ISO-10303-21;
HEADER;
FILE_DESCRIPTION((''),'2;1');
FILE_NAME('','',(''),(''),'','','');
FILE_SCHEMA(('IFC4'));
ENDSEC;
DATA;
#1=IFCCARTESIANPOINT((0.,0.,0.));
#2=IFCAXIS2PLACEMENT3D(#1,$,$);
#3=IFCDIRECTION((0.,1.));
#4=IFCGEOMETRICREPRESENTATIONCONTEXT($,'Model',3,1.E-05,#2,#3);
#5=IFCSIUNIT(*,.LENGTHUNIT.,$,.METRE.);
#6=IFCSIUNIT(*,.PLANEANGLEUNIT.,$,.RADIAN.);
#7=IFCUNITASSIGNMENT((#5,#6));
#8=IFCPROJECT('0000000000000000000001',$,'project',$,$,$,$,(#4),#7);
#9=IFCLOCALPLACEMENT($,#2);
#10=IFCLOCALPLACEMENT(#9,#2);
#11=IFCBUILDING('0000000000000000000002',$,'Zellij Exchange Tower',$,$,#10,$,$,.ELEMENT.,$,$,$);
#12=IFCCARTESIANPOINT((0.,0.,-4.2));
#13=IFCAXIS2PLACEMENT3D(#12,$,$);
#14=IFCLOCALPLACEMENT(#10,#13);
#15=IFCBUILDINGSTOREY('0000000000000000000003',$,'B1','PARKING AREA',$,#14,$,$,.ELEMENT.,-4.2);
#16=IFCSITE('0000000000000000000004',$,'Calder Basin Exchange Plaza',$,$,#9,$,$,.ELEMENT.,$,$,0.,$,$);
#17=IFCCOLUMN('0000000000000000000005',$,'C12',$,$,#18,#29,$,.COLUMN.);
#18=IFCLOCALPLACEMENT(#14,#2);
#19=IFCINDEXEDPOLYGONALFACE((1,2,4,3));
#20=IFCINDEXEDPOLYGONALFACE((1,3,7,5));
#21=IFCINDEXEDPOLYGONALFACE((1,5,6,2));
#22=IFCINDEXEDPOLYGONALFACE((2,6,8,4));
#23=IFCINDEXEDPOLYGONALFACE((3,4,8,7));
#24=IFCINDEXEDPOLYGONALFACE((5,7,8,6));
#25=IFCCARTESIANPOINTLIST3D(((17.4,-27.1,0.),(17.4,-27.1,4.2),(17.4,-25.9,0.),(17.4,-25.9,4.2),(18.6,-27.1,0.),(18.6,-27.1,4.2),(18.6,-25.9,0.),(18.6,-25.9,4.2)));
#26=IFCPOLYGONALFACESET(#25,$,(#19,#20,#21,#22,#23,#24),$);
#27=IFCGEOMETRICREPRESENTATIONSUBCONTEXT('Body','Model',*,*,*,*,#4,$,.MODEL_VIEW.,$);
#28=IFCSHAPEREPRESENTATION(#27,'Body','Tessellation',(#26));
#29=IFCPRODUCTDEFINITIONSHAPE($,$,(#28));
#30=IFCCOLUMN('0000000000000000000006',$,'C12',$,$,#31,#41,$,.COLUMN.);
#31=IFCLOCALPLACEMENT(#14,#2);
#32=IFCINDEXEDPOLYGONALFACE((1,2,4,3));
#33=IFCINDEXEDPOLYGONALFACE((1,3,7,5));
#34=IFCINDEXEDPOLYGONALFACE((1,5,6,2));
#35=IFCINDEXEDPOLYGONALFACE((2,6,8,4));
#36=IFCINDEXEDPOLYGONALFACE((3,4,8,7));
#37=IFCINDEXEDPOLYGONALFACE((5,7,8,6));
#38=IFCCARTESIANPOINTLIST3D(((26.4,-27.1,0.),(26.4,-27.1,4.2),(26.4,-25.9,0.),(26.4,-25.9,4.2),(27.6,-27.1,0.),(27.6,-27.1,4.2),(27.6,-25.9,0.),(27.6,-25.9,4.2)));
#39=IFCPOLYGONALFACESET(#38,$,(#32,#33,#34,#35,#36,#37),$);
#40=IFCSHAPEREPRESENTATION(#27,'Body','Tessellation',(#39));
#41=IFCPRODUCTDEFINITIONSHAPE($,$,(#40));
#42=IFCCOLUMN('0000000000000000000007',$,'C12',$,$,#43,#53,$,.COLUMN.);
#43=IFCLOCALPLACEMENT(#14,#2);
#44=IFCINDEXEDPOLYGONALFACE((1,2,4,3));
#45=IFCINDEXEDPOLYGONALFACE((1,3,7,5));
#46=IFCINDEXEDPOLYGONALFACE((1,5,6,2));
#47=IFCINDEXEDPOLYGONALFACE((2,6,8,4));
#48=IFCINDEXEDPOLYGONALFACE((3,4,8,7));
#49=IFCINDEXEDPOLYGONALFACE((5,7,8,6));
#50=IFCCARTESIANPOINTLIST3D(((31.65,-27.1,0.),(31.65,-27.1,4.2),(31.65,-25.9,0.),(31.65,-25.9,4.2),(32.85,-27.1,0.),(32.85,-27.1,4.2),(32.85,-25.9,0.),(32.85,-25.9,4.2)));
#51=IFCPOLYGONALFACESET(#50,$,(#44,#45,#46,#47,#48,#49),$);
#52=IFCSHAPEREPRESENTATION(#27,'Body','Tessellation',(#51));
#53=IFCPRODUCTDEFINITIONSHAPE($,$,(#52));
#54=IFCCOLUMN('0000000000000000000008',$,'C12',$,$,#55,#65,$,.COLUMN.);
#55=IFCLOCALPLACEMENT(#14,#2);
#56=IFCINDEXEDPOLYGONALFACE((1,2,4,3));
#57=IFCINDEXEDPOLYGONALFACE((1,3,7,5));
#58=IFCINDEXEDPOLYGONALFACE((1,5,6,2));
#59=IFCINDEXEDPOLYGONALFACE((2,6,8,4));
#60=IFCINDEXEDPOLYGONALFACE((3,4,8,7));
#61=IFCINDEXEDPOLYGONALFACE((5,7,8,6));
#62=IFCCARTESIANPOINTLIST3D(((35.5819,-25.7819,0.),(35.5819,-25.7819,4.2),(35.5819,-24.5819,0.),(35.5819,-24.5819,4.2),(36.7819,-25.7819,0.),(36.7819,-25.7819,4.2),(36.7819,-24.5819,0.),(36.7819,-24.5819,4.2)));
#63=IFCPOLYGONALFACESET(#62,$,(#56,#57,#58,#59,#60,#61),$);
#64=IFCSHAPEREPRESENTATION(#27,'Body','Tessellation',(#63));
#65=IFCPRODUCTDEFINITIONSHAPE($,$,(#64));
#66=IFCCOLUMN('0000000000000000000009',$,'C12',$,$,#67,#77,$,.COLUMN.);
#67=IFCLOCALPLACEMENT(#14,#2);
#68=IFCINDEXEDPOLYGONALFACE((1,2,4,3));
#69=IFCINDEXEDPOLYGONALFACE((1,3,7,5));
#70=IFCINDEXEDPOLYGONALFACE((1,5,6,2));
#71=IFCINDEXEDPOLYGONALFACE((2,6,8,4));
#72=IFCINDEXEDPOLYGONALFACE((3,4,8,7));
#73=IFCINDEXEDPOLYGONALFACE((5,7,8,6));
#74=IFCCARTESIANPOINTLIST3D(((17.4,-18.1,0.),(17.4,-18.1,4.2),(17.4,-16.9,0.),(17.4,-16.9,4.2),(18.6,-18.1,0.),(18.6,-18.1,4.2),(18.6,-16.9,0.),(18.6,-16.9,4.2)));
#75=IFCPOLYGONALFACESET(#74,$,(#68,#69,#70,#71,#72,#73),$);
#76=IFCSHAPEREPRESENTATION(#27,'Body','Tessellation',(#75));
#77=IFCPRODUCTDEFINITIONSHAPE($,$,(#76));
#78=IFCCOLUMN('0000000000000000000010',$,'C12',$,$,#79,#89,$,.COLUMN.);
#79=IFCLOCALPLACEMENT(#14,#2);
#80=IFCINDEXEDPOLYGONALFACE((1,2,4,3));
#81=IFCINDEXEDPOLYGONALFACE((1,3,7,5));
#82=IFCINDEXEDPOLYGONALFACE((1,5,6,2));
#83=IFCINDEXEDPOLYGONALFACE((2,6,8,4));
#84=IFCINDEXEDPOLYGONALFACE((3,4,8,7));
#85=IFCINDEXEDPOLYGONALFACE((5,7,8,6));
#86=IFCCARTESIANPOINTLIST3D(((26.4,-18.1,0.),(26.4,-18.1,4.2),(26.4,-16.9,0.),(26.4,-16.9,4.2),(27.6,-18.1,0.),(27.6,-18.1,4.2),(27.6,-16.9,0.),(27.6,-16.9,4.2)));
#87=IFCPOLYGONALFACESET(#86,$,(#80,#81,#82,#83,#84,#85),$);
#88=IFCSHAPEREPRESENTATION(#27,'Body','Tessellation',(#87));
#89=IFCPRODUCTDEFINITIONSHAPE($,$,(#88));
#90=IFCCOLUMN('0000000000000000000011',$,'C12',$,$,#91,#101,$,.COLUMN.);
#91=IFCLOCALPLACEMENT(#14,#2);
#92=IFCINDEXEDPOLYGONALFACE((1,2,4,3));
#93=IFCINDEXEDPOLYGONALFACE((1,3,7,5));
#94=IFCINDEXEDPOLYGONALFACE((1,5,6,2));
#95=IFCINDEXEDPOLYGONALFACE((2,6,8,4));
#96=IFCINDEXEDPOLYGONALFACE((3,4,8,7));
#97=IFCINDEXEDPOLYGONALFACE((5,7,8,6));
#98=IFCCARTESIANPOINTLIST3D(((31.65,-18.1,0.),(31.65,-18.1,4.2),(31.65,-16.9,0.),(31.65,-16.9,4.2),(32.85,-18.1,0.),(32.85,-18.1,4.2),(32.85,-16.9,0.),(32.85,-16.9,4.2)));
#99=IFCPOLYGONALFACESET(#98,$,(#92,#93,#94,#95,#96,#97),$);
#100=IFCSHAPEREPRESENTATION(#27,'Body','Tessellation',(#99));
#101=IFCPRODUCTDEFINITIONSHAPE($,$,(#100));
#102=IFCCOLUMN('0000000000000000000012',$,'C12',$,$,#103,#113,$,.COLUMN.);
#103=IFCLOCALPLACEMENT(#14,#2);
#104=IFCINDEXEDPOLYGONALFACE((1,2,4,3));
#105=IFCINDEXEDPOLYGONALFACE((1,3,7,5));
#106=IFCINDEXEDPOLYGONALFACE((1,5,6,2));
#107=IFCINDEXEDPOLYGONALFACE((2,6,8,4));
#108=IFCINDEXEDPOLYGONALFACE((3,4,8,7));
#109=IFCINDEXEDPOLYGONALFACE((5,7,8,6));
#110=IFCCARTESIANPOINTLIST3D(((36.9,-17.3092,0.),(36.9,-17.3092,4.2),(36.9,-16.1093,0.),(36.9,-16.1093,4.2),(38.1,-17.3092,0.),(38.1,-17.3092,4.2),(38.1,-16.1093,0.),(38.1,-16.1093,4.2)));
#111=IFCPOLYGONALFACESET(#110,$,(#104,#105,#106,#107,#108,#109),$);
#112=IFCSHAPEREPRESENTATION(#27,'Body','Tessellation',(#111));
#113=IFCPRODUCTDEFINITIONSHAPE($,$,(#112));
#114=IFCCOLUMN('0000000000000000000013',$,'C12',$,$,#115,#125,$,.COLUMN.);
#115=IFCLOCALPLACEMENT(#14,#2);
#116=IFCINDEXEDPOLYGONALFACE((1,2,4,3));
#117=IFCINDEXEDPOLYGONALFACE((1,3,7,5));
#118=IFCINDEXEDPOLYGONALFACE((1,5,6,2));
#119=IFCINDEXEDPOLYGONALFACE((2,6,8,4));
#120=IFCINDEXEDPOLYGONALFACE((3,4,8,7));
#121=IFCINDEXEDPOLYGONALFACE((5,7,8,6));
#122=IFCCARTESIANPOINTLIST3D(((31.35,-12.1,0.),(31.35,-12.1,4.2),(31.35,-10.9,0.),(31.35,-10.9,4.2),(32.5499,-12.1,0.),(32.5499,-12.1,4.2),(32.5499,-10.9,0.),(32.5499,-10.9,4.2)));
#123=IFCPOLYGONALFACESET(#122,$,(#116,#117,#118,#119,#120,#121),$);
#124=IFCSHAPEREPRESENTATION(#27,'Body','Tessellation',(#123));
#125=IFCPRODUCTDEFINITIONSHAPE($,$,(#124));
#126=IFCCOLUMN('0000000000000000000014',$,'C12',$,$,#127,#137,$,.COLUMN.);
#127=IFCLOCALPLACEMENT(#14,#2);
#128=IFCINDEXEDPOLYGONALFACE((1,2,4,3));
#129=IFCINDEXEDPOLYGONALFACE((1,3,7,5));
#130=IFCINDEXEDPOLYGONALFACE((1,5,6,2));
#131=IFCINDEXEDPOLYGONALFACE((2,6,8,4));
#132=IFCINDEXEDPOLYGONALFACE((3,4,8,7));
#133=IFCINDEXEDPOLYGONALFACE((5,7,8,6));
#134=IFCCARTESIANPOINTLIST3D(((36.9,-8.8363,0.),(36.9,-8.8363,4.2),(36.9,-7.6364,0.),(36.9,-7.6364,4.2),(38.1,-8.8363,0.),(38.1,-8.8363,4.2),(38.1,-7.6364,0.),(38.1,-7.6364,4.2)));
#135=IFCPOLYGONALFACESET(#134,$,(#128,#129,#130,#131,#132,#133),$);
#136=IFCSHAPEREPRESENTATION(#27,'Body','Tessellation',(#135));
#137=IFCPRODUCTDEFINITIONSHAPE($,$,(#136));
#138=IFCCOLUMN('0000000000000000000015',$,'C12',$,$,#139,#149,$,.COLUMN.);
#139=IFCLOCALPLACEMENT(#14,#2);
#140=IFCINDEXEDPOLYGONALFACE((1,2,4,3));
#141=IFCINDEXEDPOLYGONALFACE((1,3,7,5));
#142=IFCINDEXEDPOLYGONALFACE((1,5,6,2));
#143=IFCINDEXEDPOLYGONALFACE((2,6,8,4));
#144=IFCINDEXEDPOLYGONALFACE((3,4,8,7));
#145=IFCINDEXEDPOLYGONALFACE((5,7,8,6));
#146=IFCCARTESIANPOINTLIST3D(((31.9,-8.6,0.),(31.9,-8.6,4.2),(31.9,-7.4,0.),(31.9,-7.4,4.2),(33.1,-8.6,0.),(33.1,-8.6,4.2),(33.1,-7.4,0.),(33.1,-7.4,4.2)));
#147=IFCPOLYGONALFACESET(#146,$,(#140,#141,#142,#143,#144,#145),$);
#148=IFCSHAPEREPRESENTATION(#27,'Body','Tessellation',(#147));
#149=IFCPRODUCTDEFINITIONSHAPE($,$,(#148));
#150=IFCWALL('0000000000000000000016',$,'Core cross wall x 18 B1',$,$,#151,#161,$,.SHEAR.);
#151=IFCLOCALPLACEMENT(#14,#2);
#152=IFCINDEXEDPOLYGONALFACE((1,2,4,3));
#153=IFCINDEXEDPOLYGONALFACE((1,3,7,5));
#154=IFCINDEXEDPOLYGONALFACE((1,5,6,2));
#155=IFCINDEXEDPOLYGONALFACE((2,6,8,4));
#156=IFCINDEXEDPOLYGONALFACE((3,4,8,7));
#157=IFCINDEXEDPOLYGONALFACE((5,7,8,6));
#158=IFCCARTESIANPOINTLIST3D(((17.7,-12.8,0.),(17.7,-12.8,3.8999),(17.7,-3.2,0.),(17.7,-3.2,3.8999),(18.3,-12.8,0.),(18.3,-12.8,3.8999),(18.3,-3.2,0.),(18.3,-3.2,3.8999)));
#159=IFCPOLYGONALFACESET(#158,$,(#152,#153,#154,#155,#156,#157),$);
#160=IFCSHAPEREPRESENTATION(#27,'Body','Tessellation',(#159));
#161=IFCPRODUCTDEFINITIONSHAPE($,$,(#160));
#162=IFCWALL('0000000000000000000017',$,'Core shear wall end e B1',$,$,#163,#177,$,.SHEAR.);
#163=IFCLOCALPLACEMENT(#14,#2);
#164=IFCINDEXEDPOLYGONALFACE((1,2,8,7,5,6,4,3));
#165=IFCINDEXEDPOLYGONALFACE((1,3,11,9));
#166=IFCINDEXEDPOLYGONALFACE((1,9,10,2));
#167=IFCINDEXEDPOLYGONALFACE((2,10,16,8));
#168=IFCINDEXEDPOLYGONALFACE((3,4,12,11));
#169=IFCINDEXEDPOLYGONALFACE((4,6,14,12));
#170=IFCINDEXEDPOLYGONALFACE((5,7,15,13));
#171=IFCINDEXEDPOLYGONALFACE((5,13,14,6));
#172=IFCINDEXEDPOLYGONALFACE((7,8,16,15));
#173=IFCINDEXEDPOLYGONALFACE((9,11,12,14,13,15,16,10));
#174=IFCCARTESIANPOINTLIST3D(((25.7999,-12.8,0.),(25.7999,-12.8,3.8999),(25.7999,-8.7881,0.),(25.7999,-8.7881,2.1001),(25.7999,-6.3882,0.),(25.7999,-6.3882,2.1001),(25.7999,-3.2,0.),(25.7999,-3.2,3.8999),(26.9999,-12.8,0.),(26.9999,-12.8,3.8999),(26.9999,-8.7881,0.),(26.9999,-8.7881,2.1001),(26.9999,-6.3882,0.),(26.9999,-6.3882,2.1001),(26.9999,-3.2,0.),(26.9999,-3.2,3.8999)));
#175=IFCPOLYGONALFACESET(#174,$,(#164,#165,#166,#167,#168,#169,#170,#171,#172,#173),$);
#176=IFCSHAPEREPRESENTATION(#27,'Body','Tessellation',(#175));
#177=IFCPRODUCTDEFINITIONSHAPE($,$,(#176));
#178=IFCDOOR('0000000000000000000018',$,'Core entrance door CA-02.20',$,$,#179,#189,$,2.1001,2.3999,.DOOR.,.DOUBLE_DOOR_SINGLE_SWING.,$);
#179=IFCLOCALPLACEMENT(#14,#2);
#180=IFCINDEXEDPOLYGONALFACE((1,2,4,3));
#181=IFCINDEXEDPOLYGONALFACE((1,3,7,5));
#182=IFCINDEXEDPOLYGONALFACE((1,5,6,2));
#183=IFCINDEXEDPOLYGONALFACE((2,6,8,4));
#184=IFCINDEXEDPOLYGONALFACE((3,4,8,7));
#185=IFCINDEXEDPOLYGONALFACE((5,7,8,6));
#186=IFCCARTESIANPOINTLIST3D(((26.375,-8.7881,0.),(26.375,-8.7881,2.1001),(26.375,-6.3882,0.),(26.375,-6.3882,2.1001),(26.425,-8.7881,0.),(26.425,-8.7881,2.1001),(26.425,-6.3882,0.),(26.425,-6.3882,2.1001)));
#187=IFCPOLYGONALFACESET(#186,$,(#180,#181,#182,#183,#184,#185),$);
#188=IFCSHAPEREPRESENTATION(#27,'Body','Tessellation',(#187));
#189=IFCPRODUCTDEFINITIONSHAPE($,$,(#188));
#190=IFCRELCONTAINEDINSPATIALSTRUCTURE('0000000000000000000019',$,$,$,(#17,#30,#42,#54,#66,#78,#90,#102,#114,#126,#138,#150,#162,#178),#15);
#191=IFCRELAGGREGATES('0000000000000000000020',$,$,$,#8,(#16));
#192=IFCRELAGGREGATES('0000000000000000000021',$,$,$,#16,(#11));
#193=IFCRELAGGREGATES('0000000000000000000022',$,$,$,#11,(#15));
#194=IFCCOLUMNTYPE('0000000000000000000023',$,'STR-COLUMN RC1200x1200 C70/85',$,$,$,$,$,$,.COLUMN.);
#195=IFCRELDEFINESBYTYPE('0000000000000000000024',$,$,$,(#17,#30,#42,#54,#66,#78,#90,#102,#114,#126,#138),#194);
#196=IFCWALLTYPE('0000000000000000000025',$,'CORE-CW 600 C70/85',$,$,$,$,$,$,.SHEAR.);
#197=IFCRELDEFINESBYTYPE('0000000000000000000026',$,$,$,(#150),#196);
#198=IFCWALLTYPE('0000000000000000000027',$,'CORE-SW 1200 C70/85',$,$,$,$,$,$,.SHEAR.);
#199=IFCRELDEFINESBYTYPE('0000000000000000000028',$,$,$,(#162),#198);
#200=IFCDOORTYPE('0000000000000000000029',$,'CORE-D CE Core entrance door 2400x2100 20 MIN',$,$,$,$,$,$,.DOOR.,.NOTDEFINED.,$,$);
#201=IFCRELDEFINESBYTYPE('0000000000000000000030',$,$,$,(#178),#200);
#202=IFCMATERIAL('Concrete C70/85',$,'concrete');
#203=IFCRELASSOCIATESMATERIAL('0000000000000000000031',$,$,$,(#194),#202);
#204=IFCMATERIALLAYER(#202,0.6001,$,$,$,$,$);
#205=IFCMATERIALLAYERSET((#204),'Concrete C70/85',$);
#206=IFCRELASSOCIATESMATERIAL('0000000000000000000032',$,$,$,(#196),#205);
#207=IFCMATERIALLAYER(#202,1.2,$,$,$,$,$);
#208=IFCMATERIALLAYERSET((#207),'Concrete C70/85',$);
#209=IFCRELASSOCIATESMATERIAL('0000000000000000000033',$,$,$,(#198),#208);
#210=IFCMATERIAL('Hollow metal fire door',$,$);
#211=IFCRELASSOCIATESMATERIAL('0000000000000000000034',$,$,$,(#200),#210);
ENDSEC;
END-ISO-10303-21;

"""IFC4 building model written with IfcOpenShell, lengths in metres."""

from ifc_helpers import new_model, si_unit, direction, frame, frame_2d, origin, origin_2d, place, context, subcontext, project, spatial, rectangle, extrude, material, layer, layer_set, material_profile, profile_set, type_object, element, fill, save


model = new_model("IFC4")

# Units and contexts
model_context = context("Model", 3, precision=1e-05, world=origin(), true_north=direction((0.0, 1.0)))
body_context = subcontext(model_context, "Body", "Model", "MODEL_VIEW")
ifc_project = project(units=[si_unit("LENGTHUNIT", "METRE"), si_unit("PLANEANGLEUNIT", "RADIAN")], contexts=[model_context])

# Site, building, storey
site_placement = place(None, origin())
site = spatial("IfcSite", under=ifc_project, at=site_placement, Name="Calder Basin Exchange Plaza", CompositionType="ELEMENT", RefElevation=0.0)
building_placement = place(site_placement, origin())
building = spatial("IfcBuilding", under=site, at=building_placement, Name="Zellij Exchange Tower", CompositionType="ELEMENT")
storey_placement = place(building_placement, frame((0.0, 0.0, -4.2)))
storey = spatial("IfcBuildingStorey", under=building, at=storey_placement, Name="B1", Description="PARKING AREA", CompositionType="ELEMENT", Elevation=-4.2)

# Columns
ifc_material_1 = material(Name="Concrete C70/85", Category="concrete")
ifc_material_profile = material_profile(ifc_material_1, rectangle(XDim=1.2, YDim=1.2, at=origin_2d()), Name="STR-COLUMN RC1200x1200 C70/85")
ifc_profile_set = profile_set([ifc_material_profile], Name="Concrete C70/85")
column_type = type_object("IfcColumnType", Name="STR-COLUMN RC1200x1200 C70/85", PredefinedType="COLUMN", material=ifc_profile_set)
for number, where, z_axis, x_axis, name in (
    (1, (18.0, -26.5, 0.0), (0.0, 0.0, 1.0), (1.0, 0.0, 0.0), "C12"),
    (2, (27.0, -26.5, 0.0), (0.0, 0.0, 1.0), (1.0, 0.0, 0.0), "C12"),
    (3, (32.25, -26.5, 0.0), (0.0, 0.0, 1.0), (1.0, 0.0, 0.0), "C12"),
    (4, (36.1819, -25.1819, 0.0), (0.0, 0.0, 1.0), (1.0, 0.0, 0.0), "C12"),
    (5, (18.0, -17.5, 0.0), (0.0, 0.0, 1.0), (1.0, 0.0, 0.0), "C12"),
    (6, (27.0, -17.5, 0.0), (0.0, 0.0, 1.0), (1.0, 0.0, 0.0), "C12"),
    (7, (32.25, -17.5, 0.0), (0.0, 0.0, 1.0), (1.0, 0.0, 0.0), "C12"),
    (8, (37.5, -16.7092, 0.0), (0.0, 0.0, 1.0), (1.0, 0.0, 0.0), "C12"),
    (9, (31.95, -11.5, 0.0), (0.0, 0.0, 1.0), (1.0, 0.0, 0.0), "C12"),
    (10, (37.5, -8.2363, 0.0), (0.0, 0.0, 1.0), (1.0, 0.0, 0.0), "C12"),
    (11, (32.5, -8.0, 0.0), (0.0, 0.0, 1.0), (1.0, 0.0, 0.0), "C12"),
):
    element("IfcColumn", number, at=place(storey_placement, frame(where, z_axis=z_axis, x_axis=x_axis)), inside=storey, type_object=column_type, Name=name, PredefinedType="COLUMN", context=body_context, shape_type="SweptSolid", body=[
        extrude(rectangle(XDim=1.2, YDim=1.2, at=origin_2d()), origin(), (0.0, 0.0, 1.0), 4.2),
    ])

# Wall
ifc_layer_1 = layer(ifc_material_1, 0.6001)
ifc_layer_set_1 = layer_set([ifc_layer_1], Name="Concrete C70/85")
wall_type_1 = type_object("IfcWallType", Name="CORE-CW 600 C70/85", PredefinedType="SHEAR", material=ifc_layer_set_1)
wall_1_placement = place(storey_placement, frame((18.0, -12.8, 0.0), z_axis=(0.0, 0.0, 1.0), x_axis=(0.0, 1.0, 0.0)))
element("IfcWall", 12, at=wall_1_placement, inside=storey, type_object=wall_type_1, Name="Core cross wall x 18 B1", PredefinedType="SHEAR", context=body_context, shape_type="SweptSolid", body=[
    extrude(rectangle(XDim=9.6001, YDim=0.6001, at=frame_2d((4.8, 0.0))), origin(), (0.0, 0.0, 1.0), 3.8999),
])

# Wall, opening, door
ifc_layer_2 = layer(ifc_material_1, 1.2)
ifc_layer_set_2 = layer_set([ifc_layer_2], Name="Concrete C70/85")
wall_type_2 = type_object("IfcWallType", Name="CORE-SW 1200 C70/85", PredefinedType="SHEAR", material=ifc_layer_set_2)
wall_2_placement = place(storey_placement, frame((26.3999, -12.8, 0.0), z_axis=(0.0, 0.0, 1.0), x_axis=(0.0, 1.0, 0.0)))
wall_2 = element("IfcWall", 13, at=wall_2_placement, inside=storey, type_object=wall_type_2, Name="Core shear wall end e B1", PredefinedType="SHEAR", context=body_context, shape_type="SweptSolid", body=[
    extrude(rectangle(XDim=9.6001, YDim=1.2, at=frame_2d((4.8, 0.0))), origin(), (0.0, 0.0, 1.0), 3.8999),
])
opening_1_placement = place(wall_2_placement, frame((4.012, 0.0, 0.0)))
opening_1 = element("IfcOpeningElement", 14, at=opening_1_placement, cuts=wall_2, PredefinedType="OPENING", context=body_context, shape_type="SweptSolid", body=[
    extrude(rectangle(XDim=2.3999, YDim=2.1001, at=frame_2d((1.2, 1.05))), frame((0.0, 0.6118, 0.0), z_axis=(0.0, -1.0, 0.0), x_axis=(1.0, 0.0, 0.0)), (0.0, 0.0, 1.0), 1.2239),
])
ifc_material_2 = material(Name="Hollow metal fire door")
door_type_1 = type_object("IfcDoorType", Name="CORE-D CE Core entrance door 2400x2100 20 MIN", OperationType="NOTDEFINED", PredefinedType="DOOR", material=ifc_material_2)
door_1_placement = place(opening_1_placement, origin())
door_1 = element("IfcDoor", 15, at=door_1_placement, inside=storey, type_object=door_type_1, Name="Core entrance door CA-02.20", OperationType="DOUBLE_DOOR_SINGLE_SWING", OverallHeight=2.1001, OverallWidth=2.3999, PredefinedType="DOOR", context=body_context, shape_type="SweptSolid", body=[
    extrude(rectangle(XDim=2.3999, YDim=2.1001, at=frame_2d((1.2, 1.05))), frame((0.0, 0.0249, 0.0), z_axis=(0.0, -1.0, 0.0), x_axis=(1.0, 0.0, 0.0)), (0.0, 0.0, 1.0), 0.05),
])
fill(opening_1, door_1)

save(model, "model.ifc")
